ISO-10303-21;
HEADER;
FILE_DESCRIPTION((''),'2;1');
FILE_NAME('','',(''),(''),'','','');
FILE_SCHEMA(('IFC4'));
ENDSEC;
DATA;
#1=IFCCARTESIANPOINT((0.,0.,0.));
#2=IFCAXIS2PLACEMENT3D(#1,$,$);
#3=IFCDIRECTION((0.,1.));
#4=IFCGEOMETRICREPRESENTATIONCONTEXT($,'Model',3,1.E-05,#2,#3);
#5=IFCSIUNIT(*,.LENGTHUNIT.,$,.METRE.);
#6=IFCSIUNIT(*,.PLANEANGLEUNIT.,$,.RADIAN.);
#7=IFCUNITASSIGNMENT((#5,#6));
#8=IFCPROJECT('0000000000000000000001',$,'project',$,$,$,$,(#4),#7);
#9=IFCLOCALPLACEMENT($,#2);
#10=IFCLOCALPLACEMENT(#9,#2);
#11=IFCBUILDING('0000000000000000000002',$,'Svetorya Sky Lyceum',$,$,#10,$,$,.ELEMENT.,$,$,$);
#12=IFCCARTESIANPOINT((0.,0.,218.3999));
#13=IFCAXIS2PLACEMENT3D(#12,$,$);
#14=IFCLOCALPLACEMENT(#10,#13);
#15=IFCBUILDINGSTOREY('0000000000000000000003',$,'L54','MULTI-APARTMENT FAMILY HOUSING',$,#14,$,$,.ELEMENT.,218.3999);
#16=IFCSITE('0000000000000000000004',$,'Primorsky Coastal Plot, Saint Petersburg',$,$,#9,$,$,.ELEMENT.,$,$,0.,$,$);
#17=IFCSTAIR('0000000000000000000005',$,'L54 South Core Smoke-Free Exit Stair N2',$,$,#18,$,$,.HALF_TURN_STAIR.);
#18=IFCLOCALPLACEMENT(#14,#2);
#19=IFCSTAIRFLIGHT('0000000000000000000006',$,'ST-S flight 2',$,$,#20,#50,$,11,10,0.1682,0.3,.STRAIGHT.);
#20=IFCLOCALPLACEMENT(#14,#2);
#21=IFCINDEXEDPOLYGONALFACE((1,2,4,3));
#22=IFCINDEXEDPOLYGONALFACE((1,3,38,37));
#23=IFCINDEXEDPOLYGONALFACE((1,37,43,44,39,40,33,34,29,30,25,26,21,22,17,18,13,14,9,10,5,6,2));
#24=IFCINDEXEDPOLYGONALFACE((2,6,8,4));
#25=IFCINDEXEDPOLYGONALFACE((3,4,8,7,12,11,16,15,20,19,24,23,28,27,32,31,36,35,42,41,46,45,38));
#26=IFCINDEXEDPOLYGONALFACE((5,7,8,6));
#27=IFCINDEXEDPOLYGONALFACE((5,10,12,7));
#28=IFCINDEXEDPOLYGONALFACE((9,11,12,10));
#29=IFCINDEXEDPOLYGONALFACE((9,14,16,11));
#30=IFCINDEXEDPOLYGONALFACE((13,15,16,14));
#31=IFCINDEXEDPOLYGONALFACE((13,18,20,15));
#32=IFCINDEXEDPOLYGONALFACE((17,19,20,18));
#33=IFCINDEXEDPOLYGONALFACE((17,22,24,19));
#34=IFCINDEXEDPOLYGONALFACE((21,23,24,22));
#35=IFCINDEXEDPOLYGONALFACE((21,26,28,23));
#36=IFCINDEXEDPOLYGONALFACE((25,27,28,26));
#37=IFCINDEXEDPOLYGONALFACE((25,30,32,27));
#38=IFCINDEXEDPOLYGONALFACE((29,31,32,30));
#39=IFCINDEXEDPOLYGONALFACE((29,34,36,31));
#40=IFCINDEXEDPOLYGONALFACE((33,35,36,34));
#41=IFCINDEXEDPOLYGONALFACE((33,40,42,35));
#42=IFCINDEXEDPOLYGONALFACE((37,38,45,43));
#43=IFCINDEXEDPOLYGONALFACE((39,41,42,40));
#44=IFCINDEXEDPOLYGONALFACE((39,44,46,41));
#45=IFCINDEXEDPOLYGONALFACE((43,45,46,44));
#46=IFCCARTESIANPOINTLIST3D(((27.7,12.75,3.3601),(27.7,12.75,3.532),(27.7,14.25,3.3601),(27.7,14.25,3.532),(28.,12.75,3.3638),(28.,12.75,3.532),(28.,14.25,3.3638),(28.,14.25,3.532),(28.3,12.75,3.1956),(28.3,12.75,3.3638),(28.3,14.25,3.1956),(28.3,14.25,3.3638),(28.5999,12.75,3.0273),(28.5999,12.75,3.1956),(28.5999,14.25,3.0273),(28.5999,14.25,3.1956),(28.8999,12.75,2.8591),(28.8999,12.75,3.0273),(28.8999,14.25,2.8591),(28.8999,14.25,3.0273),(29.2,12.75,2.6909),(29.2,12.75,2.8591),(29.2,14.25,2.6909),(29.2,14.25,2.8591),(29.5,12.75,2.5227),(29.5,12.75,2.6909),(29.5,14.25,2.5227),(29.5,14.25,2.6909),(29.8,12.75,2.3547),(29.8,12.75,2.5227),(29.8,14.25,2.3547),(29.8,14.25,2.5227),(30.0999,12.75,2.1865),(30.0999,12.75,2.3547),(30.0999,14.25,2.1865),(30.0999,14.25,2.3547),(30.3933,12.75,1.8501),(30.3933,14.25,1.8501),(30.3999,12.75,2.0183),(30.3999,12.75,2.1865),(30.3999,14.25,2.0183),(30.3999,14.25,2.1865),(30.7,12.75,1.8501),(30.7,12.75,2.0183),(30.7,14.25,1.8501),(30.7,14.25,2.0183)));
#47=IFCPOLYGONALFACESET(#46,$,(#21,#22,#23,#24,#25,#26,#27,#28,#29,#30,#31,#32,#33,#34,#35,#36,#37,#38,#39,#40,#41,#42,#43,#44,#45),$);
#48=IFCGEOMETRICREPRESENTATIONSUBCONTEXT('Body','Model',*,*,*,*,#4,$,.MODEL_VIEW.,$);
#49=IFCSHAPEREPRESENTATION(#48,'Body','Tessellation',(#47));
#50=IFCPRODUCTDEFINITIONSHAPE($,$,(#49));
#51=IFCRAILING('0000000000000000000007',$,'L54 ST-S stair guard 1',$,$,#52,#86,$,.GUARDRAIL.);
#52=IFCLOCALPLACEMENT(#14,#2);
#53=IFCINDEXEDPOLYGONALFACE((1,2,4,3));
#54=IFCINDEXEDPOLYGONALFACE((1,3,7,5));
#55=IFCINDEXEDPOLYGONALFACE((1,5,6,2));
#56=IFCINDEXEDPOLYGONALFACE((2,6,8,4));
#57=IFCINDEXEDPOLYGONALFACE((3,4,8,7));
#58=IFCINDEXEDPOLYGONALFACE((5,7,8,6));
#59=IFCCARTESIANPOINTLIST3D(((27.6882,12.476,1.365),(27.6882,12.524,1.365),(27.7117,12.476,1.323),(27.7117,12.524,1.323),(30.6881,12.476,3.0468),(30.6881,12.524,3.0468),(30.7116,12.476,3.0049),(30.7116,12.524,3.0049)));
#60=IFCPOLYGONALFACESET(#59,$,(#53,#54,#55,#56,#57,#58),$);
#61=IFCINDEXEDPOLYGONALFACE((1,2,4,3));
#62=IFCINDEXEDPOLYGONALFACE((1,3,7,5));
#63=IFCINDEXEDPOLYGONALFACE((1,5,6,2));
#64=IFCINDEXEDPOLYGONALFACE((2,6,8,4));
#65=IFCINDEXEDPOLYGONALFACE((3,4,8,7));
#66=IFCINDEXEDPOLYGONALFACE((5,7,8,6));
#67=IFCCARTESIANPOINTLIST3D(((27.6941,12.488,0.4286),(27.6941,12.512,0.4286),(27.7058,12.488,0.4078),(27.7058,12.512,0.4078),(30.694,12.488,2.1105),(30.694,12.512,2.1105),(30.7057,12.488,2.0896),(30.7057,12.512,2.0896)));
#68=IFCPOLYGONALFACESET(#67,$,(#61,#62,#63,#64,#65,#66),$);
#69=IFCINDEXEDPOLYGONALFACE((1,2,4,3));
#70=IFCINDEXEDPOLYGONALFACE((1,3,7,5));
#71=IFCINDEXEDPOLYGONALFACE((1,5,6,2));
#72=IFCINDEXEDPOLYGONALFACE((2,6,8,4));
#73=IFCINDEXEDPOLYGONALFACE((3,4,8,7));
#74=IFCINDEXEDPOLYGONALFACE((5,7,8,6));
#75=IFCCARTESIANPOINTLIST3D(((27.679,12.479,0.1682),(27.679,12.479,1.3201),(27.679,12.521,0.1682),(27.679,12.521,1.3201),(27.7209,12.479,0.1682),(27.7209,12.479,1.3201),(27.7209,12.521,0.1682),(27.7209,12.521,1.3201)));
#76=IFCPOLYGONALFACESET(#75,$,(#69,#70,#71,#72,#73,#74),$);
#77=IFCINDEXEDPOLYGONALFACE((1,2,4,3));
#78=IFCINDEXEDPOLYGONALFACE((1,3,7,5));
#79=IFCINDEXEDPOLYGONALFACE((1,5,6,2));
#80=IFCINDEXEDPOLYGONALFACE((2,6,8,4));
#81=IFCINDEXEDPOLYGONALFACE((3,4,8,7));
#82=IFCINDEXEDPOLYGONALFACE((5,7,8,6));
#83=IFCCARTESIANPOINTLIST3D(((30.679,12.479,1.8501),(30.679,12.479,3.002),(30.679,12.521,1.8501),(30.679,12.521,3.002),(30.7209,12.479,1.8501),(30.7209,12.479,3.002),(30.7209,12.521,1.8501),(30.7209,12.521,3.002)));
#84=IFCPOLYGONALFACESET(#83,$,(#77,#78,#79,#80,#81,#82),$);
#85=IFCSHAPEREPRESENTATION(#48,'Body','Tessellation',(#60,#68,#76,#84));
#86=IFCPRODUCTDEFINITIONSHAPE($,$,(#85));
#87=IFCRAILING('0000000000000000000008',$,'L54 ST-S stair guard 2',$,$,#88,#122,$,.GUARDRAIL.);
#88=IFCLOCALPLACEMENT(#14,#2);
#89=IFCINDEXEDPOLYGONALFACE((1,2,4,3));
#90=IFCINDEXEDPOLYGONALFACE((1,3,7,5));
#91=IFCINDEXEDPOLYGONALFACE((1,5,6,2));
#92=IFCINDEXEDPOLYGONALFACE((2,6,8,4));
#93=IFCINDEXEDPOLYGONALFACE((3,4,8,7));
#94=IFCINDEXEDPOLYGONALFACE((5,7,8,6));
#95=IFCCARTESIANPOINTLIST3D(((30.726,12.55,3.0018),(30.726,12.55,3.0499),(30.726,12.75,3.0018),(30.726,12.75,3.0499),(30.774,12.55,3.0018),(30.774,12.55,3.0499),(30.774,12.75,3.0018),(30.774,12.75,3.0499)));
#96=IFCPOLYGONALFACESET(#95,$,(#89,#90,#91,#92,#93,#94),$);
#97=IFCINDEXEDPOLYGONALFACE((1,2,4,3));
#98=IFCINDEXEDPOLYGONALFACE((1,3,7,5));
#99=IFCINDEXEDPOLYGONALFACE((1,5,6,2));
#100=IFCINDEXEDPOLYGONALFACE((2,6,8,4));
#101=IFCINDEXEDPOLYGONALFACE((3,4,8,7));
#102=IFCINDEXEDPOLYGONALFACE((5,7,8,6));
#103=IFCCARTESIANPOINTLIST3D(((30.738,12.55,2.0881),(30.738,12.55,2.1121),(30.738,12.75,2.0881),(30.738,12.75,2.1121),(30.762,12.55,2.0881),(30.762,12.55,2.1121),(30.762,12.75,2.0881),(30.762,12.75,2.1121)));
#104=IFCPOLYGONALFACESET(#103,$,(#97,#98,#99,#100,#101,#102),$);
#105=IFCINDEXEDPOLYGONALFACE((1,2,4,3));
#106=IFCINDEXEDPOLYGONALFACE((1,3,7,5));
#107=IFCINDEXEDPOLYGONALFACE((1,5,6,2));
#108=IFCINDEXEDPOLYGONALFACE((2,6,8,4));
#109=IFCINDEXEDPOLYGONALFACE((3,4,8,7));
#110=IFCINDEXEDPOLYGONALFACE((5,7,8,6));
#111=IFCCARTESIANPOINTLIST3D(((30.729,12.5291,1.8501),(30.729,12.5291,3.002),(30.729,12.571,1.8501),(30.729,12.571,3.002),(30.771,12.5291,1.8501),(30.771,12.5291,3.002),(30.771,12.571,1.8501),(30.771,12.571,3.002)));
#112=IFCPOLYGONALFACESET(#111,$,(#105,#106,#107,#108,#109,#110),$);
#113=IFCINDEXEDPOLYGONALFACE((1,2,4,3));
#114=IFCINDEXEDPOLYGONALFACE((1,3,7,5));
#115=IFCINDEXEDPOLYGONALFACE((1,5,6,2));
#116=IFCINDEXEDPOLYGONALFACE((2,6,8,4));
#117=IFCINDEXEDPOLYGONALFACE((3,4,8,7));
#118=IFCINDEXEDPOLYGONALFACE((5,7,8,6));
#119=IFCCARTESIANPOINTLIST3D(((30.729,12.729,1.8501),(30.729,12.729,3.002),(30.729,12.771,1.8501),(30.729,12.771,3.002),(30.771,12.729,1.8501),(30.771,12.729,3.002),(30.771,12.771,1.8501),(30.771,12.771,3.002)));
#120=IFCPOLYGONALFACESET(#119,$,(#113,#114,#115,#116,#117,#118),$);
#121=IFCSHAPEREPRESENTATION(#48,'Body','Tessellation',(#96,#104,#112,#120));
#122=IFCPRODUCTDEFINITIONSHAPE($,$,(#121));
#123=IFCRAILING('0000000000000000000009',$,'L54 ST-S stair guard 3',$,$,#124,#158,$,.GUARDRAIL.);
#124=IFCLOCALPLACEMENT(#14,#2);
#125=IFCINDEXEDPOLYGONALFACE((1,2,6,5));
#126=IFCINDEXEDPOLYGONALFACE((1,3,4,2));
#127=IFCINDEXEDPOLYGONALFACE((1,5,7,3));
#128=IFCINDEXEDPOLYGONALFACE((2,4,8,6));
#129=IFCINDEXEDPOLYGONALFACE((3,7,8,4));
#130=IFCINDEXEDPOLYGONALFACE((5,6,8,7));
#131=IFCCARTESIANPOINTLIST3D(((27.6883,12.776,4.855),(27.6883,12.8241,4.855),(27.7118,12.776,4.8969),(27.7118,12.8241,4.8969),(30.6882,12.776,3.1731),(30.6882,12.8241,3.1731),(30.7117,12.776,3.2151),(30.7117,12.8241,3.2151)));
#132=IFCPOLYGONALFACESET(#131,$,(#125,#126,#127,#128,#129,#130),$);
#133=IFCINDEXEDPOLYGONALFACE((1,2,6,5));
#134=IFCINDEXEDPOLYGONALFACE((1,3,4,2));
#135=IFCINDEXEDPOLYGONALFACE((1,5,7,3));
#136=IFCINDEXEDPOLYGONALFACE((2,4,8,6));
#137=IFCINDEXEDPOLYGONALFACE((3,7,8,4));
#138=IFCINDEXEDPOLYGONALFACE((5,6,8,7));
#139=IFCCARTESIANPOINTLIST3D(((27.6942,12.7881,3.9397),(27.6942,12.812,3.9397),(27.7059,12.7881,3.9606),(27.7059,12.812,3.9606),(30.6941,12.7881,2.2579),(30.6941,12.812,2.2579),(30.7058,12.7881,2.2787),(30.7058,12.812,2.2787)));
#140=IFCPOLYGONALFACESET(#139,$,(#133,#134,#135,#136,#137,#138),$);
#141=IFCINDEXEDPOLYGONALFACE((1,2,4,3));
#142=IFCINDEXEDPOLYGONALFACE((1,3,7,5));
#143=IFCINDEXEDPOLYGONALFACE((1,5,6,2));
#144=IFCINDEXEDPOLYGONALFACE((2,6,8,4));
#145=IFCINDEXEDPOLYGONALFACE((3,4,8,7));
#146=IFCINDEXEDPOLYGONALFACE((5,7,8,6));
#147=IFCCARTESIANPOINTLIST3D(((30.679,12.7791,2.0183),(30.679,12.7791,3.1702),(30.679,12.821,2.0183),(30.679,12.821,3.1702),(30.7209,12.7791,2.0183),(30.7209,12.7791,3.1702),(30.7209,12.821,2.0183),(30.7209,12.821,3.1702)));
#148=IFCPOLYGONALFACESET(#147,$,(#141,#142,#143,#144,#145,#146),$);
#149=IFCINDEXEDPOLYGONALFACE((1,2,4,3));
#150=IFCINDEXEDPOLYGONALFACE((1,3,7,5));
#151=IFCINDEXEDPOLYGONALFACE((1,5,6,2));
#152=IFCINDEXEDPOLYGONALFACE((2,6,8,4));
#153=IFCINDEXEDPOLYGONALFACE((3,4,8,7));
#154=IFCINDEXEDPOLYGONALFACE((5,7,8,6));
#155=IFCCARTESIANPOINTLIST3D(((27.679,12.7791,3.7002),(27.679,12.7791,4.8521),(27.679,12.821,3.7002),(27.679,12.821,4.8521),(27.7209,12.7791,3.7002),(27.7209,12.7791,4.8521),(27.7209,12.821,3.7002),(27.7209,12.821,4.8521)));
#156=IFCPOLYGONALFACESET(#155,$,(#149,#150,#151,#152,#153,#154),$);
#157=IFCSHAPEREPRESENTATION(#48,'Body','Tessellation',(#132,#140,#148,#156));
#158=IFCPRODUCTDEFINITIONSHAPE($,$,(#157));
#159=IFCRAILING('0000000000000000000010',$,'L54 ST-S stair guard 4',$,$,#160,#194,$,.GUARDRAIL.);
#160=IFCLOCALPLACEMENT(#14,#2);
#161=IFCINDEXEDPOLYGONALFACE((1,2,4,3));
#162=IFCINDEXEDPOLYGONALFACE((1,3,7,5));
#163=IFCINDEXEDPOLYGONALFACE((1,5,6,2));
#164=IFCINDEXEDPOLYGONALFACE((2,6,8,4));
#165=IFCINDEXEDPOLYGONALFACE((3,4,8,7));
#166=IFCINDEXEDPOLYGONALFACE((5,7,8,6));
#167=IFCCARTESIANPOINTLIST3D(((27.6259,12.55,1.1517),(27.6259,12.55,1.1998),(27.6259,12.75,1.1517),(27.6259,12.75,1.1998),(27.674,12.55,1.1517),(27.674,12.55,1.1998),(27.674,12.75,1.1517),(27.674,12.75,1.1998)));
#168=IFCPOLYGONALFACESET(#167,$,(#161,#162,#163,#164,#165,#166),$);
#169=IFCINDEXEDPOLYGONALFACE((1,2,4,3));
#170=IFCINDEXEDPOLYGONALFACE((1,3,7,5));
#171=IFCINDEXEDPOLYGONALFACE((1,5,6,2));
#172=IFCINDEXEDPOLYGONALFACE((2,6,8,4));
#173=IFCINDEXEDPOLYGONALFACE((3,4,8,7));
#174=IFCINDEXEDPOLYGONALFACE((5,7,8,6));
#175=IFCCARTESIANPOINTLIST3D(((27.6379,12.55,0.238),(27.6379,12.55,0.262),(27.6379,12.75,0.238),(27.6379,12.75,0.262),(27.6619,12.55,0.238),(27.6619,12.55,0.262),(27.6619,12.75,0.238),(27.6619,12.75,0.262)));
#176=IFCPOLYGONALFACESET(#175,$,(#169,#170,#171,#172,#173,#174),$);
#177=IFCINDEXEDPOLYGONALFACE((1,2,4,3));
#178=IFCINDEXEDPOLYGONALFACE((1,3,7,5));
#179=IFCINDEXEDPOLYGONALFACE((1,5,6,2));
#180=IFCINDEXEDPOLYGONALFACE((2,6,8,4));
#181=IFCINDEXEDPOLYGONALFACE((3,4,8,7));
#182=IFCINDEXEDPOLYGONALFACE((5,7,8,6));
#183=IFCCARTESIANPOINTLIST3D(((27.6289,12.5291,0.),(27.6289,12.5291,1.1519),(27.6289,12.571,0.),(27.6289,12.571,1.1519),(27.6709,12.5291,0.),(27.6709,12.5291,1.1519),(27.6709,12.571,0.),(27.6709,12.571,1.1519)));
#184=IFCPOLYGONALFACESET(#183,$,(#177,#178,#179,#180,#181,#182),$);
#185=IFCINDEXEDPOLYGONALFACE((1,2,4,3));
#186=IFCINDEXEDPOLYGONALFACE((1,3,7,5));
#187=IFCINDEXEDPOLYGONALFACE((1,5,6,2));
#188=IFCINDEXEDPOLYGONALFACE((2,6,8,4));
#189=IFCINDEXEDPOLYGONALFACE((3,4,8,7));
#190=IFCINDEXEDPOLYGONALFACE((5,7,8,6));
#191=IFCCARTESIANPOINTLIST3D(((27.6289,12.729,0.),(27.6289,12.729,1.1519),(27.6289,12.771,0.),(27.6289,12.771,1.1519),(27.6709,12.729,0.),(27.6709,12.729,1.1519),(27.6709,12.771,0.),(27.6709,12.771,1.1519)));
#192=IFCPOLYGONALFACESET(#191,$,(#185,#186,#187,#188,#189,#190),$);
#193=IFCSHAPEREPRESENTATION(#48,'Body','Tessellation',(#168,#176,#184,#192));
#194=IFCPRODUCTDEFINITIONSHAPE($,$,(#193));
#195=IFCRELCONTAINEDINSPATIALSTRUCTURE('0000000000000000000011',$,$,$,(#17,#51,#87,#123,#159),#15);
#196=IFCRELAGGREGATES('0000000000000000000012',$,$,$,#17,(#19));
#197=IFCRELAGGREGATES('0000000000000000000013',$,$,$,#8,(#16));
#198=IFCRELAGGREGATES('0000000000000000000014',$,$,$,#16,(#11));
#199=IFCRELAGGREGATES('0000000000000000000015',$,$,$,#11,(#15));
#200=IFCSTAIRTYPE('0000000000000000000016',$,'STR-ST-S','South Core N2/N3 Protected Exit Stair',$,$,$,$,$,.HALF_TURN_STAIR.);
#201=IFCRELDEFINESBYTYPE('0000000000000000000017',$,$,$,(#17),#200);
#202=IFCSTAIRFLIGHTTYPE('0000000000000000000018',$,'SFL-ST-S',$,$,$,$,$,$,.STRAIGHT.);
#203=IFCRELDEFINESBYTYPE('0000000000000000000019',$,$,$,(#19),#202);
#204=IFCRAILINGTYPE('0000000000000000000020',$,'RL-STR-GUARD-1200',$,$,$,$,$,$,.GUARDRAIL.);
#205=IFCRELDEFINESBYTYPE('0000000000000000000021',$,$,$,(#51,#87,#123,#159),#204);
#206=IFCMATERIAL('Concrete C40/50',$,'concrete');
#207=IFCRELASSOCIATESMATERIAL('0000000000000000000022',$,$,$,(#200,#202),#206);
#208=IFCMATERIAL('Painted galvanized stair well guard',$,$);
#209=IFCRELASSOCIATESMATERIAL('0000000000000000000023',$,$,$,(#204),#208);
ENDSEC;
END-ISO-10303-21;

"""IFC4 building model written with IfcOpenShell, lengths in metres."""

from ifc_helpers import new_model, si_unit, direction, frame, origin, origin_2d, place, context, subcontext, project, spatial, polyline, rectangle, outline, extrude, material, type_object, element, aggregate, save


model = new_model("IFC4")

# Units and contexts
model_context = context("Model", 3, precision=1e-05, world=origin(), true_north=direction((0.0, 1.0)))
body_context = subcontext(model_context, "Body", "Model", "MODEL_VIEW")
ifc_project = project(units=[si_unit("LENGTHUNIT", "METRE"), si_unit("PLANEANGLEUNIT", "RADIAN")], contexts=[model_context])

# Site, building, storey
site_placement = place(None, origin())
site = spatial("IfcSite", under=ifc_project, at=site_placement, Name="Primorsky Coastal Plot, Saint Petersburg", CompositionType="ELEMENT", RefElevation=0.0)
building_placement = place(site_placement, origin())
building = spatial("IfcBuilding", under=site, at=building_placement, Name="Svetorya Sky Lyceum", CompositionType="ELEMENT")
storey_placement = place(building_placement, frame((0.0, 0.0, 218.3999)))
storey = spatial("IfcBuildingStorey", under=building, at=storey_placement, Name="L54", Description="MULTI-APARTMENT FAMILY HOUSING", CompositionType="ELEMENT", Elevation=218.3999)

# Stair, stair flight
ifc_material_1 = material(Name="Concrete C40/50", Category="concrete")
stair_type = type_object("IfcStairType", Name="STR-ST-S", Description="South Core N2/N3 Protected Exit Stair", PredefinedType="HALF_TURN_STAIR", material=ifc_material_1)
stair_placement = place(storey_placement, origin())
stair = element("IfcStair", 1, at=stair_placement, inside=storey, type_object=stair_type, Name="L54 South Core Smoke-Free Exit Stair N2", PredefinedType="HALF_TURN_STAIR")
stair_flight_type = type_object("IfcStairFlightType", Name="SFL-ST-S", PredefinedType="STRAIGHT", material=ifc_material_1)
stair_flight_1_placement = place(storey_placement, frame((30.7, 13.5, 1.8501), z_axis=(0.0, 0.0, 1.0), x_axis=(-1.0, 0.0, 0.0)))
stair_flight_1 = element("IfcStairFlight", 2, at=stair_flight_1_placement, type_object=stair_flight_type, Name="ST-S flight 2", NumberOfRisers=11, NumberOfTreads=10, PredefinedType="STRAIGHT", RiserHeight=0.1682, TreadLength=0.3, context=body_context, shape_type="SweptSolid", body=[
    extrude(outline(polyline([(0.0, 0.0), (0.0, 0.1682), (0.3, 0.1682), (0.3, 0.3364), (0.6001, 0.3364), (0.6001, 0.5046), (0.8999, 0.5046), (0.8999, 0.6726), (1.2, 0.6726), (1.2, 0.8408), (1.5, 0.8408), (1.5, 1.009), (1.8, 1.009), (1.8, 1.1772), (2.1001, 1.1772), (2.1001, 1.3455), (2.3999, 1.3455), (2.3999, 1.5137), (2.7, 1.5137), (2.7, 1.6819), (3.0, 1.6819), (3.0, 1.8501), (3.0, 1.51), (0.3066, 0.0), (0.0, 0.0)])), frame((0.0, 0.75, 0.0), z_axis=(0.0, -1.0, 0.0), x_axis=(1.0, 0.0, 0.0)), (0.0, 0.0, 1.0), 1.5),
])
aggregate(stair, [stair_flight_1])

# Railings
ifc_material_2 = material(Name="Painted galvanized stair well guard")
railing_type_1 = type_object("IfcRailingType", Name="RL-STR-GUARD-1200", PredefinedType="GUARDRAIL", material=ifc_material_2)
railing_1_placement = place(storey_placement, frame((27.7, 12.5, 0.1682)))
element("IfcRailing", 3, at=railing_1_placement, inside=storey, type_object=railing_type_1, Name="L54 ST-S stair guard 1", PredefinedType="GUARDRAIL", context=body_context, shape_type="SweptSolid", body=[
    extrude(rectangle(XDim=0.0481, YDim=0.0481, at=origin_2d()), frame((0.0, 0.0, 1.1758), z_axis=(0.872272, 0.0, 0.48902), x_axis=(0.0, 1.0, 0.0)), (0.0, 0.0, 1.0), 3.4392),
    extrude(rectangle(XDim=0.0239, YDim=0.0239, at=origin_2d()), frame((0.0, 0.0, 0.25), z_axis=(0.872272, 0.0, 0.48902), x_axis=(0.0, 1.0, 0.0)), (0.0, 0.0, 1.0), 3.4392),
    extrude(rectangle(XDim=0.042, YDim=0.042, at=origin_2d()), origin(), (0.0, 0.0, 1.0), 1.1519),
    extrude(rectangle(XDim=0.042, YDim=0.042, at=origin_2d()), frame((3.0, 0.0, 1.6819)), (0.0, 0.0, 1.0), 1.1519),
])
railing_2_placement = place(storey_placement, frame((30.75, 12.55, 1.8501)))
element("IfcRailing", 4, at=railing_2_placement, inside=storey, type_object=railing_type_1, Name="L54 ST-S stair guard 2", PredefinedType="GUARDRAIL", context=body_context, shape_type="SweptSolid", body=[
    extrude(rectangle(XDim=0.0481, YDim=0.0481, at=origin_2d()), frame((0.0, 0.0, 1.1758), z_axis=(0.0, 1.0, 0.0), x_axis=(-1.0, 0.0, 0.0)), (0.0, 0.0, 1.0), 0.2),
    extrude(rectangle(XDim=0.0239, YDim=0.0239, at=origin_2d()), frame((0.0, 0.0, 0.25), z_axis=(0.0, 1.0, 0.0), x_axis=(-1.0, 0.0, 0.0)), (0.0, 0.0, 1.0), 0.2),
    extrude(rectangle(XDim=0.042, YDim=0.042, at=origin_2d()), origin(), (0.0, 0.0, 1.0), 1.1519),
    extrude(rectangle(XDim=0.042, YDim=0.042, at=origin_2d()), frame((0.0, 0.2, 0.0)), (0.0, 0.0, 1.0), 1.1519),
])
railing_3_placement = place(storey_placement, frame((30.7, 12.8, 2.0183)))
element("IfcRailing", 5, at=railing_3_placement, inside=storey, type_object=railing_type_1, Name="L54 ST-S stair guard 3", PredefinedType="GUARDRAIL", context=body_context, shape_type="SweptSolid", body=[
    extrude(rectangle(XDim=0.0481, YDim=0.0481, at=origin_2d()), frame((0.0, 0.0, 1.1758), z_axis=(-0.872272, 0.0, 0.48902), x_axis=(0.0, -1.0, 0.0)), (0.0, 0.0, 1.0), 3.4392),
    extrude(rectangle(XDim=0.0239, YDim=0.0239, at=origin_2d()), frame((0.0, 0.0, 0.25), z_axis=(-0.872272, 0.0, 0.48902), x_axis=(0.0, -1.0, 0.0)), (0.0, 0.0, 1.0), 3.4392),
    extrude(rectangle(XDim=0.042, YDim=0.042, at=origin_2d()), origin(), (0.0, 0.0, 1.0), 1.1519),
    extrude(rectangle(XDim=0.042, YDim=0.042, at=origin_2d()), frame((-3.0, 0.0, 1.6819)), (0.0, 0.0, 1.0), 1.1519),
])
railing_4_placement = place(storey_placement, frame((27.6499, 12.55, 0.0)))
element("IfcRailing", 6, at=railing_4_placement, inside=storey, type_object=railing_type_1, Name="L54 ST-S stair guard 4", PredefinedType="GUARDRAIL", context=body_context, shape_type="SweptSolid", body=[
    extrude(rectangle(XDim=0.0481, YDim=0.0481, at=origin_2d()), frame((0.0, 0.0, 1.1758), z_axis=(0.0, 1.0, 0.0), x_axis=(-1.0, 0.0, 0.0)), (0.0, 0.0, 1.0), 0.2),
    extrude(rectangle(XDim=0.0239, YDim=0.0239, at=origin_2d()), frame((0.0, 0.0, 0.25), z_axis=(0.0, 1.0, 0.0), x_axis=(-1.0, 0.0, 0.0)), (0.0, 0.0, 1.0), 0.2),
    extrude(rectangle(XDim=0.042, YDim=0.042, at=origin_2d()), origin(), (0.0, 0.0, 1.0), 1.1519),
    extrude(rectangle(XDim=0.042, YDim=0.042, at=origin_2d()), frame((0.0, 0.2, 0.0)), (0.0, 0.0, 1.0), 1.1519),
])

save(model, "model.ifc")
